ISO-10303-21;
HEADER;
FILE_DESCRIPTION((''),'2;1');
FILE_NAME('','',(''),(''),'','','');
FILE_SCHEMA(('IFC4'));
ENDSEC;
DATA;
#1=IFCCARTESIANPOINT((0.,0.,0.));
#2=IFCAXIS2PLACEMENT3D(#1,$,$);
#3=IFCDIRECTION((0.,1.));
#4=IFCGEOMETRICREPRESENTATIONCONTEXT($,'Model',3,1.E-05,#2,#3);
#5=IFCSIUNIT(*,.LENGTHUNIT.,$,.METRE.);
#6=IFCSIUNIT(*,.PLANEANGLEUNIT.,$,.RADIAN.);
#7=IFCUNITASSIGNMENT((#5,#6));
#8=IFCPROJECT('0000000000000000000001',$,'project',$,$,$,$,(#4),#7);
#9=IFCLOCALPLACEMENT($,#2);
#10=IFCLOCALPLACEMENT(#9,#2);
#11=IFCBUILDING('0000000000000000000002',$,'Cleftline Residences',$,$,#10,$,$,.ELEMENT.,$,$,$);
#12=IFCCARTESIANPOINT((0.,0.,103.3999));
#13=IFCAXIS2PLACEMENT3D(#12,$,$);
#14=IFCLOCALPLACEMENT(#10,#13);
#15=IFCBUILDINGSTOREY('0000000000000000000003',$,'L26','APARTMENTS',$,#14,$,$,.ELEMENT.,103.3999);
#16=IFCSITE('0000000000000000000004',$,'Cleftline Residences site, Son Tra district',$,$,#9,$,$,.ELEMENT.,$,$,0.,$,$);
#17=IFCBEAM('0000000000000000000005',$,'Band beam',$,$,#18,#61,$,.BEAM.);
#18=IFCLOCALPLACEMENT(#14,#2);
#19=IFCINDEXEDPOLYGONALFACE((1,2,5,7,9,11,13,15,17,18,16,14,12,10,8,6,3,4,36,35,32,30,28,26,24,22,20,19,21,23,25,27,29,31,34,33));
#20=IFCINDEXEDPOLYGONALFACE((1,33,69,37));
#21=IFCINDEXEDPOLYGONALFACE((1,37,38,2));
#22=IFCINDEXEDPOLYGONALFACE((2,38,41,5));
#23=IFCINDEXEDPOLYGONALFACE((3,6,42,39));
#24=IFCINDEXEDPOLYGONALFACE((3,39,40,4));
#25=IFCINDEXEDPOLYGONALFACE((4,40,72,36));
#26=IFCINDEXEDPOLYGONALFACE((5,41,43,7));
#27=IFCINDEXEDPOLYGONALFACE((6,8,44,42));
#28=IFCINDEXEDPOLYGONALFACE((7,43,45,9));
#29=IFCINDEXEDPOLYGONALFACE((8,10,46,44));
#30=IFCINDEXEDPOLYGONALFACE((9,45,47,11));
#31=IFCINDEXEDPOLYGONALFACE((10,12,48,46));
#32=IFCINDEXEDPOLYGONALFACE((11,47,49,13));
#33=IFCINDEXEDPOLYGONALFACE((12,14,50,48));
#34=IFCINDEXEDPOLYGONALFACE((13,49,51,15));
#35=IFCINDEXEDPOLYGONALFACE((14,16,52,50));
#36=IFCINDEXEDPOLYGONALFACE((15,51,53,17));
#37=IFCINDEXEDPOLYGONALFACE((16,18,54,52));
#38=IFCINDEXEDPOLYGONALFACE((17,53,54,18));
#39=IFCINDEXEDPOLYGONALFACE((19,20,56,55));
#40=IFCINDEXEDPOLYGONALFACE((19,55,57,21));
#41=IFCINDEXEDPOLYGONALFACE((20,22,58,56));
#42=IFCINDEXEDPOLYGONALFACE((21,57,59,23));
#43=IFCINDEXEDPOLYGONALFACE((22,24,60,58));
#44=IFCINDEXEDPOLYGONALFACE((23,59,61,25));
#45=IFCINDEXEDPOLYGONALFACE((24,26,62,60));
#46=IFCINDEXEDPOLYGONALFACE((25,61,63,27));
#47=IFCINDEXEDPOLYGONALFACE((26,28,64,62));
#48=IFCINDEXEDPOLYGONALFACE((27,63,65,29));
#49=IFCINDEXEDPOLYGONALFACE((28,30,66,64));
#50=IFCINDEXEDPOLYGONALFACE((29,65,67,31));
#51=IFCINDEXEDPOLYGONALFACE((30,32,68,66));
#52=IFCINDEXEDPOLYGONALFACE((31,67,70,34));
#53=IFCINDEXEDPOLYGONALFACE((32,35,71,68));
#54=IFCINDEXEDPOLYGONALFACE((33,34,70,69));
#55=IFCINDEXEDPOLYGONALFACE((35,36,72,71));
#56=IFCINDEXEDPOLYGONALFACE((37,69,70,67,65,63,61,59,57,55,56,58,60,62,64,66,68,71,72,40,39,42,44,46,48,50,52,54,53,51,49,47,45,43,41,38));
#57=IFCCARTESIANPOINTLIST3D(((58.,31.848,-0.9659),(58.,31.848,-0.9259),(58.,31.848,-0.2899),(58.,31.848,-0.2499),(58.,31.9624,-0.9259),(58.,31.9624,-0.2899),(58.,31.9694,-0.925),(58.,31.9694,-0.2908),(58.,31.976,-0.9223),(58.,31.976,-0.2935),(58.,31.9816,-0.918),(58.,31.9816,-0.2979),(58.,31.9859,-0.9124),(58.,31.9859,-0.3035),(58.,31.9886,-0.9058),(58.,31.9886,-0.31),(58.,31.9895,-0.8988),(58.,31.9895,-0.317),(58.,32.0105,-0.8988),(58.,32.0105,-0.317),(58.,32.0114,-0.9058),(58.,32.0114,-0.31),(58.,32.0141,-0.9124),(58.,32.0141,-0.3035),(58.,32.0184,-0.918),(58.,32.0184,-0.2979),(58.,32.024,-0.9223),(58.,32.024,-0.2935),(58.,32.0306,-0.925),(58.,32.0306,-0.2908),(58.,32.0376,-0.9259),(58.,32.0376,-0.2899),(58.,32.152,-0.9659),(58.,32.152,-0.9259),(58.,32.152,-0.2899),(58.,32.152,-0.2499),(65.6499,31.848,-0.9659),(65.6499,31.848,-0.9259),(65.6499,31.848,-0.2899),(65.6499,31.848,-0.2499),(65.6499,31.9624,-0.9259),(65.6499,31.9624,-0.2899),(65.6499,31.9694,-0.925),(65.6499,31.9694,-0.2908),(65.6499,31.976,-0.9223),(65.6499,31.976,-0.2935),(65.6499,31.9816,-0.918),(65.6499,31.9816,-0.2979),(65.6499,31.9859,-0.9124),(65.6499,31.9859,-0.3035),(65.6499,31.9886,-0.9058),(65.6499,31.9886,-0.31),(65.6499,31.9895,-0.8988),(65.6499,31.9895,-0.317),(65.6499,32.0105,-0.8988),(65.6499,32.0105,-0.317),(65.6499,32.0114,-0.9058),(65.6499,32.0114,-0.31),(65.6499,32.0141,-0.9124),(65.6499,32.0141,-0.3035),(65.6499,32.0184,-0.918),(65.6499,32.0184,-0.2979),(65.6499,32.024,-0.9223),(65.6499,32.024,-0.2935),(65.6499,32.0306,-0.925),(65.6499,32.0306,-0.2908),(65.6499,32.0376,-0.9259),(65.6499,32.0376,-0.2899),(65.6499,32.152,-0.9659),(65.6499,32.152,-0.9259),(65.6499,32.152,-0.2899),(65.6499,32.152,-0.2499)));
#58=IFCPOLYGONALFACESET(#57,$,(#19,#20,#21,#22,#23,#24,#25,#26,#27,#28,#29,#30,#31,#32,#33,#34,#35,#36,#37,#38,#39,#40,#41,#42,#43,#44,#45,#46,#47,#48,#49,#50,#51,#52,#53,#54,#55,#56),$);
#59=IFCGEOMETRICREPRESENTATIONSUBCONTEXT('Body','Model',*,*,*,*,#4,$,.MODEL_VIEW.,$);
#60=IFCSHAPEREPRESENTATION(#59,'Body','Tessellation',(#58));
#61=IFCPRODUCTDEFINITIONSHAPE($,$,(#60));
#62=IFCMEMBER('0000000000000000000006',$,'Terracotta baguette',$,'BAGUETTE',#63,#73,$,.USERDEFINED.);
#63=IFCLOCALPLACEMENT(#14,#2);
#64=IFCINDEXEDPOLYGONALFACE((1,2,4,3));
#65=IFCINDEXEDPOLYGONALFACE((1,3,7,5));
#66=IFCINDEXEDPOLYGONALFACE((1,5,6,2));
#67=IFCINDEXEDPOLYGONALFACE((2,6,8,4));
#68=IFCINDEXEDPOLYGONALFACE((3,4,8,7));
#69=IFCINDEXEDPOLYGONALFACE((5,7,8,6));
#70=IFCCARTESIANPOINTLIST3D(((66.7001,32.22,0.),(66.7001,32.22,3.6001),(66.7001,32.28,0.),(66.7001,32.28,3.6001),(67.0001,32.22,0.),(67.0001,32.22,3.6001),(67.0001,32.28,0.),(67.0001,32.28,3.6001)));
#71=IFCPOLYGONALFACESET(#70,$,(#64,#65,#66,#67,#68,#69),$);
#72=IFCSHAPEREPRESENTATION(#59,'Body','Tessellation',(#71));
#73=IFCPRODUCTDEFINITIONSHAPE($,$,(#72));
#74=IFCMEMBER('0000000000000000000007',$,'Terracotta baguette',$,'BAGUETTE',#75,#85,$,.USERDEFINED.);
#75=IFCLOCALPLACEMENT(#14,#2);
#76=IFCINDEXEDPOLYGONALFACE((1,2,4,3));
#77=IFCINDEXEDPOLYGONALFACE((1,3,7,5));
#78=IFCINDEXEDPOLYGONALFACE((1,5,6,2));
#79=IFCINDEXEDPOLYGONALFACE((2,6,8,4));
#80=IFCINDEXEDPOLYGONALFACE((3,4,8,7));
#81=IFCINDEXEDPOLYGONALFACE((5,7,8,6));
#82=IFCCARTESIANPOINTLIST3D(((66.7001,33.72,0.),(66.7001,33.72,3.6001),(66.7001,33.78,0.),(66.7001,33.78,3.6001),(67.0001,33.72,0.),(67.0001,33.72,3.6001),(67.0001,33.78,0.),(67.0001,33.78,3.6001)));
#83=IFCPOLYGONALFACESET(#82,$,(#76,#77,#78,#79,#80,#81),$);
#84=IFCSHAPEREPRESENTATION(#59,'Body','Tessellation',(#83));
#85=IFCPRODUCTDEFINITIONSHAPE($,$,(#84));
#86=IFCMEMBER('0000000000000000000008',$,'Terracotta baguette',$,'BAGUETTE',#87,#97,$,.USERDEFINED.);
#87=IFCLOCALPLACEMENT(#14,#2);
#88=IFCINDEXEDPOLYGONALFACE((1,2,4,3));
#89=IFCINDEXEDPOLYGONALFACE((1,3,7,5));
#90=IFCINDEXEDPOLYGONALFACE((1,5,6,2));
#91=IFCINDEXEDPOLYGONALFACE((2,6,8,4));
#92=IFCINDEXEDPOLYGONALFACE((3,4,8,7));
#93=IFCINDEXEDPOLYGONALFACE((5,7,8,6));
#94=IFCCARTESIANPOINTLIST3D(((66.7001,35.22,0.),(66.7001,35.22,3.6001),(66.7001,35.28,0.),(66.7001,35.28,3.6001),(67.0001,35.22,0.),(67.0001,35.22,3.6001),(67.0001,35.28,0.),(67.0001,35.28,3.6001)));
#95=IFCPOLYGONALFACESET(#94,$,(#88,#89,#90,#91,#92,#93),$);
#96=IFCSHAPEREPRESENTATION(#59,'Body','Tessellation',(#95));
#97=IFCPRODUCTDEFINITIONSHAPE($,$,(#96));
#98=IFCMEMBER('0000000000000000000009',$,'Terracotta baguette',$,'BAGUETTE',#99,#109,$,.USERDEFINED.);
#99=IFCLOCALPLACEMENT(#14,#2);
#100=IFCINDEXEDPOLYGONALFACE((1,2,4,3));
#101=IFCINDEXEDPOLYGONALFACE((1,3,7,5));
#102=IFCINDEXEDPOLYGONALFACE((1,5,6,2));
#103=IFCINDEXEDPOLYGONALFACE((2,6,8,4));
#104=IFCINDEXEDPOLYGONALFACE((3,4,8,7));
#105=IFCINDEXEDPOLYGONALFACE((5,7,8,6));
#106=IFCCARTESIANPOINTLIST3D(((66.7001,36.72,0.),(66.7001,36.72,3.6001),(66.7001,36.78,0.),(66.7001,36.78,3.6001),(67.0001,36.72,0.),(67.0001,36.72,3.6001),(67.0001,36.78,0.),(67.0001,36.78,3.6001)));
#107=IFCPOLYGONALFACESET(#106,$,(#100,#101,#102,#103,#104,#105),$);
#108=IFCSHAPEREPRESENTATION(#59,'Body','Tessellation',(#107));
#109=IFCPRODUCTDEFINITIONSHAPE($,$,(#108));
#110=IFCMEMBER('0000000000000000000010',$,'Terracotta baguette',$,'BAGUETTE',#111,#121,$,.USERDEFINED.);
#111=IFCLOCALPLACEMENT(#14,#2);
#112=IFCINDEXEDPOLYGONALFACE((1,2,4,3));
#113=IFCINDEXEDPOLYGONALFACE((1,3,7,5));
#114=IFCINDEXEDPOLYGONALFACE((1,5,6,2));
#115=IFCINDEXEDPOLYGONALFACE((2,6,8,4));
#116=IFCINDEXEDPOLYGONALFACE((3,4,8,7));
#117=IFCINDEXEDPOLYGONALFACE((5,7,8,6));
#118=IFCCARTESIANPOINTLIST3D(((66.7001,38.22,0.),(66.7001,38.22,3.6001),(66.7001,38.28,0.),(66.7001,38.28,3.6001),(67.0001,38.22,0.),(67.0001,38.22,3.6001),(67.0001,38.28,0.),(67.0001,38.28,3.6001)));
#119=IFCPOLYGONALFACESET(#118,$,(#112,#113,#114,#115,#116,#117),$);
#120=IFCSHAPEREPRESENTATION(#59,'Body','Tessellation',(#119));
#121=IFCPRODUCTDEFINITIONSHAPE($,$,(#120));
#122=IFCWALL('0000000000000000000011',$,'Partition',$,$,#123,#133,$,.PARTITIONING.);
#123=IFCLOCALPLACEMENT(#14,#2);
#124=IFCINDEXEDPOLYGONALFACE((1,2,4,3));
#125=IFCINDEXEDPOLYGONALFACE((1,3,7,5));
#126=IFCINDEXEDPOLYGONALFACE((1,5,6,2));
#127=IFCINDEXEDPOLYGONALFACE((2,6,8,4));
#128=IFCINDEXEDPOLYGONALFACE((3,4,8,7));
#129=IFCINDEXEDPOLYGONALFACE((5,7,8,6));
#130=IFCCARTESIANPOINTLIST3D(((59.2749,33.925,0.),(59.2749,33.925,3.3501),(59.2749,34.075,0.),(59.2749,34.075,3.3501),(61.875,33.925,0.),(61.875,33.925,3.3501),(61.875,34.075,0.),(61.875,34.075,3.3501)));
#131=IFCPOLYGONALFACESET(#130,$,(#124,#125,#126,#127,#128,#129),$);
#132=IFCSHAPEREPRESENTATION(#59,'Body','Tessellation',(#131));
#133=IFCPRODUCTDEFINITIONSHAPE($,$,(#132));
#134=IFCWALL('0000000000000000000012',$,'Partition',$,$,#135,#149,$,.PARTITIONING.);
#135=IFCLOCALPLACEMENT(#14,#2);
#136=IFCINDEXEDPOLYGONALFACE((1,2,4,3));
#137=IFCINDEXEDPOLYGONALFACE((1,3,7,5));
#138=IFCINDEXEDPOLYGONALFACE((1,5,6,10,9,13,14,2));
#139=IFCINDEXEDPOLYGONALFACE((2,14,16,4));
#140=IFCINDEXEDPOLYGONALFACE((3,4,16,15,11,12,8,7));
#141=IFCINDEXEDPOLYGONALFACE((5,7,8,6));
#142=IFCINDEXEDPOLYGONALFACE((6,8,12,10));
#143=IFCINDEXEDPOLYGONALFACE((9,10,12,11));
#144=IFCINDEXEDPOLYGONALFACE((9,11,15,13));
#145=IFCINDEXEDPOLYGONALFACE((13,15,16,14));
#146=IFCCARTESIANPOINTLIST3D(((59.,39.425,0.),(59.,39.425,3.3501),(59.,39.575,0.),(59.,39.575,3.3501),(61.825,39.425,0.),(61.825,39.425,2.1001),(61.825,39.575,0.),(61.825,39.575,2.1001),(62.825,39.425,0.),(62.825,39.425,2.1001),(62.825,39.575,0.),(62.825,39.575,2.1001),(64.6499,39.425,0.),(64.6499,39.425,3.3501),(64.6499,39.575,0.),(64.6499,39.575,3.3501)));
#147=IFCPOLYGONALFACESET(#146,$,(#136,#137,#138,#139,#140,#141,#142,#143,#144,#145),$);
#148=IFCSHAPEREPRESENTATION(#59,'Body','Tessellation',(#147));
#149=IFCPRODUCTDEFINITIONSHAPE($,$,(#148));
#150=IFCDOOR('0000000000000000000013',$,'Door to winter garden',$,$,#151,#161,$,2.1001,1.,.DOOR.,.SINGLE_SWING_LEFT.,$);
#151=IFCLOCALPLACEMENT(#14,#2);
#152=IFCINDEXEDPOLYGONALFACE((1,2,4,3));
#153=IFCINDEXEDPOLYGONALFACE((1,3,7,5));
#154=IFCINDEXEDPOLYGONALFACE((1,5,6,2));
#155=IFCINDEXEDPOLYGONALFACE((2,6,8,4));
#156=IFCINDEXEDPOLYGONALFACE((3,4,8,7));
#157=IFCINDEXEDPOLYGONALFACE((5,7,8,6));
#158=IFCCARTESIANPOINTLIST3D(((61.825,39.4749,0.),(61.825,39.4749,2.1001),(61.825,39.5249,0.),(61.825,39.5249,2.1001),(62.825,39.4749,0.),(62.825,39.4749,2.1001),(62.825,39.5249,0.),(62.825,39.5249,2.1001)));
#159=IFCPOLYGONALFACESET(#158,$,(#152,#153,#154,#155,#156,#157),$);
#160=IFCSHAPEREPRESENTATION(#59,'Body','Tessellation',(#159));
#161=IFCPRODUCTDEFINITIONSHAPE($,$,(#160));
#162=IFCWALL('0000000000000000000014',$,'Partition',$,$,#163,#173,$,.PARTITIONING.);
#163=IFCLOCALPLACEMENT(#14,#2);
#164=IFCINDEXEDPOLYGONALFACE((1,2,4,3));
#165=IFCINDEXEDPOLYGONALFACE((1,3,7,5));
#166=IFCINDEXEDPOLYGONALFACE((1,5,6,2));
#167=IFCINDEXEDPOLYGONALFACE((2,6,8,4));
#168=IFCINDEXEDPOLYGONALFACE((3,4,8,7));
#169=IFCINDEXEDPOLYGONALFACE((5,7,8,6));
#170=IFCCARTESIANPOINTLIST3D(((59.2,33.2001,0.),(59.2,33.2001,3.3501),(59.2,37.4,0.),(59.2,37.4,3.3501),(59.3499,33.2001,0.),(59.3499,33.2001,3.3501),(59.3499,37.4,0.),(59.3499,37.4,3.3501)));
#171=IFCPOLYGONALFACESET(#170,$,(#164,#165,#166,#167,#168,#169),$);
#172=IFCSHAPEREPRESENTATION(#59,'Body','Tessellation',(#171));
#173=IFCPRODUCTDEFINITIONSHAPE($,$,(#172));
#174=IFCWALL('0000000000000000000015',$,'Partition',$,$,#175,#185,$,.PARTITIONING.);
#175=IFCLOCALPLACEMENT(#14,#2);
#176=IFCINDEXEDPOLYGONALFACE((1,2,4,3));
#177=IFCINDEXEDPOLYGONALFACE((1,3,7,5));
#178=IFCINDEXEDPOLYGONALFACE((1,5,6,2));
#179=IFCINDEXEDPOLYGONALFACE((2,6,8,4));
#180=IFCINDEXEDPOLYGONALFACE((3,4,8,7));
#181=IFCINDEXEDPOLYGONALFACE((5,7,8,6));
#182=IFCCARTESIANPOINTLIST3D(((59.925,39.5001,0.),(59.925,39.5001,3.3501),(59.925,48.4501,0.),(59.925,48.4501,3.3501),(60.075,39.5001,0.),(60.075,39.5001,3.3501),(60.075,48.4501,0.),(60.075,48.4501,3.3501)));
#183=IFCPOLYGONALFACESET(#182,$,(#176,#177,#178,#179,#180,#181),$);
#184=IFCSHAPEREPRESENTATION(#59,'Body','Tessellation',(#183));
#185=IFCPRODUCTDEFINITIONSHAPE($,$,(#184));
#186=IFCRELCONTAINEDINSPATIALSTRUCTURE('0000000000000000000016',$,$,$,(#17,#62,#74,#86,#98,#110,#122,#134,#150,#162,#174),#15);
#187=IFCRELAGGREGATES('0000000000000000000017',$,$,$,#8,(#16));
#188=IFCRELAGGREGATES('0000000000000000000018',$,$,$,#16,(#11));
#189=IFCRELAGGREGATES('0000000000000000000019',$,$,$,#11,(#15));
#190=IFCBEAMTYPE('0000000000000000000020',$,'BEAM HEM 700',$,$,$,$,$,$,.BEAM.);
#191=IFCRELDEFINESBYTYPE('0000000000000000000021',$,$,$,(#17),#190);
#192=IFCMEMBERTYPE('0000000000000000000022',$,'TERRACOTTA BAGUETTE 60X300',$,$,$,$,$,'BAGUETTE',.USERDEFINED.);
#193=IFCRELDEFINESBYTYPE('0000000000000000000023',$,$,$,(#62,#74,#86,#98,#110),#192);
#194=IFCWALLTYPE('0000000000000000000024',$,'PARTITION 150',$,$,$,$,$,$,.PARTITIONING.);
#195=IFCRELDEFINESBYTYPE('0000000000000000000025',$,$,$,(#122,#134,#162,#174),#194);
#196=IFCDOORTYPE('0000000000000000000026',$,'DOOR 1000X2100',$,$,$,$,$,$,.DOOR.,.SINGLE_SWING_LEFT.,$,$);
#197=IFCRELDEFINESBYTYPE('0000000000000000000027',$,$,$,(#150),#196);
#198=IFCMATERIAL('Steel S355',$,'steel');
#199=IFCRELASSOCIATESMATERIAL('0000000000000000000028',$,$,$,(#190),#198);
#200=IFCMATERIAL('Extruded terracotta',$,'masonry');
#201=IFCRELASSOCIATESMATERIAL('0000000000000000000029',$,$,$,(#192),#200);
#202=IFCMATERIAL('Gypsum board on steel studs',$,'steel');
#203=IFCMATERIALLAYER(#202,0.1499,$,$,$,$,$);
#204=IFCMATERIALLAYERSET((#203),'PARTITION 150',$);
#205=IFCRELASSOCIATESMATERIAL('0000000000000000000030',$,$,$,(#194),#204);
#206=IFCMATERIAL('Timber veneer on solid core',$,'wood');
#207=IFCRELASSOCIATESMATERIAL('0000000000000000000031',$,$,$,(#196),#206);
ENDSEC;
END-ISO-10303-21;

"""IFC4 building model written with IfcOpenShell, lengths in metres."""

from ifc_helpers import new_model, si_unit, direction, frame, frame_2d, origin, origin_2d, place, context, subcontext, project, spatial, rectangle, i_section, extrude, material, layer, layer_set, material_profile, profile_set, type_object, element, fill, save


model = new_model("IFC4")

# Units and contexts
model_context = context("Model", 3, precision=1e-05, world=origin(), true_north=direction((0.0, 1.0)))
body_context = subcontext(model_context, "Body", "Model", "MODEL_VIEW")
ifc_project = project(units=[si_unit("LENGTHUNIT", "METRE"), si_unit("PLANEANGLEUNIT", "RADIAN")], contexts=[model_context])

# Site, building, storey
site_placement = place(None, origin())
site = spatial("IfcSite", under=ifc_project, at=site_placement, Name="Cleftline Residences site, Son Tra district", CompositionType="ELEMENT", RefElevation=0.0)
building_placement = place(site_placement, origin())
building = spatial("IfcBuilding", under=site, at=building_placement, Name="Cleftline Residences", CompositionType="ELEMENT")
storey_placement = place(building_placement, frame((0.0, 0.0, 103.3999)))
storey = spatial("IfcBuildingStorey", under=building, at=storey_placement, Name="L26", Description="APARTMENTS", CompositionType="ELEMENT", Elevation=103.3999)

# Beam
ifc_material_1 = material(Name="Steel S355", Category="steel")
ifc_material_profile_1 = material_profile(ifc_material_1, i_section(OverallWidth=0.304, OverallDepth=0.7161, WebThickness=0.021, FlangeThickness=0.04, FilletRadius=0.0271, at=origin_2d()))
ifc_profile_set_1 = profile_set([ifc_material_profile_1], Name="Steel S355")
beam_type_1 = type_object("IfcBeamType", Name="BEAM HEM 700", PredefinedType="BEAM", material=ifc_profile_set_1)
beam_1_placement = place(storey_placement, frame((65.6499, 32.0, -0.6079), z_axis=(-1.0, 0.0, 0.0), x_axis=(0.0, -1.0, 0.0)))
element("IfcBeam", 1, at=beam_1_placement, inside=storey, type_object=beam_type_1, Name="Band beam", PredefinedType="BEAM", context=body_context, shape_type="SweptSolid", body=[
    extrude(i_section(OverallWidth=0.304, OverallDepth=0.7161, WebThickness=0.021, FlangeThickness=0.04, FilletRadius=0.0271, at=origin_2d()), origin(), (0.0, 0.0, 1.0), 7.6499),
])

# Members
ifc_material_2 = material(Name="Extruded terracotta", Category="masonry")
ifc_material_profile_2 = material_profile(ifc_material_2, rectangle(XDim=0.0601, YDim=0.3, at=origin_2d()))
ifc_profile_set_2 = profile_set([ifc_material_profile_2], Name="Extruded terracotta")
member_type_1 = type_object("IfcMemberType", Name="TERRACOTTA BAGUETTE 60X300", ElementType="BAGUETTE", PredefinedType="USERDEFINED", material=ifc_profile_set_2)
for number, where, z_axis, x_axis, name in (
    (2, (66.8501, 32.25, 0.0), (0.0, 0.0, 1.0), (0.0, 1.0, 0.0), "Terracotta baguette"),
    (3, (66.8501, 33.75, 0.0), (0.0, 0.0, 1.0), (0.0, 1.0, 0.0), "Terracotta baguette"),
    (4, (66.8501, 35.25, 0.0), (0.0, 0.0, 1.0), (0.0, 1.0, 0.0), "Terracotta baguette"),
    (5, (66.8501, 36.75, 0.0), (0.0, 0.0, 1.0), (0.0, 1.0, 0.0), "Terracotta baguette"),
    (6, (66.8501, 38.25, 0.0), (0.0, 0.0, 1.0), (0.0, 1.0, 0.0), "Terracotta baguette"),
):
    element("IfcMember", number, at=place(storey_placement, frame(where, z_axis=z_axis, x_axis=x_axis)), inside=storey, type_object=member_type_1, Name=name, ObjectType="BAGUETTE", PredefinedType="USERDEFINED", context=body_context, shape_type="SweptSolid", body=[
        extrude(rectangle(XDim=0.0601, YDim=0.3, at=origin_2d()), origin(), (0.0, 0.0, 1.0), 3.6001),
    ])

# Wall
ifc_material_3 = material(Name="Gypsum board on steel studs", Category="steel")
ifc_layer = layer(ifc_material_3, 0.1499)
ifc_layer_set = layer_set([ifc_layer], Name="PARTITION 150")
wall_type = type_object("IfcWallType", Name="PARTITION 150", PredefinedType="PARTITIONING", material=ifc_layer_set)
wall_1_placement = place(storey_placement, frame((59.2749, 34.0, 0.0), z_axis=(0.0, 0.0, 1.0), x_axis=(1.0, 0.0, 0.0)))
element("IfcWall", 7, at=wall_1_placement, inside=storey, type_object=wall_type, Name="Partition", PredefinedType="PARTITIONING", context=body_context, shape_type="SweptSolid", body=[
    extrude(rectangle(XDim=2.6001, YDim=0.1499, at=frame_2d((1.3, 0.0))), origin(), (0.0, 0.0, 1.0), 3.3501),
])

# Wall, opening, door
wall_2_placement = place(storey_placement, frame((59.0, 39.5, 0.0), z_axis=(0.0, 0.0, 1.0), x_axis=(1.0, 0.0, 0.0)))
wall_2 = element("IfcWall", 8, at=wall_2_placement, inside=storey, type_object=wall_type, Name="Partition", PredefinedType="PARTITIONING", context=body_context, shape_type="SweptSolid", body=[
    extrude(rectangle(XDim=5.6499, YDim=0.1499, at=frame_2d((2.825, 0.0))), origin(), (0.0, 0.0, 1.0), 3.3501),
])
opening_placement = place(wall_2_placement, frame((2.825, 0.0, 0.0)))
opening = element("IfcOpeningElement", 9, at=opening_placement, cuts=wall_2, PredefinedType="OPENING", context=body_context, shape_type="SweptSolid", body=[
    extrude(rectangle(XDim=1.0, YDim=2.1001, at=frame_2d((0.5, 1.05))), frame((0.0, 0.085, 0.0), z_axis=(0.0, -1.0, 0.0), x_axis=(1.0, 0.0, 0.0)), (0.0, 0.0, 1.0), 0.1699),
])
ifc_material_4 = material(Name="Timber veneer on solid core", Category="wood")
door_type = type_object("IfcDoorType", Name="DOOR 1000X2100", OperationType="SINGLE_SWING_LEFT", PredefinedType="DOOR", material=ifc_material_4)
door_placement = place(opening_placement, origin())
door = element("IfcDoor", 10, at=door_placement, inside=storey, type_object=door_type, Name="Door to winter garden", OperationType="SINGLE_SWING_LEFT", OverallHeight=2.1001, OverallWidth=1.0, PredefinedType="DOOR", context=body_context, shape_type="SweptSolid", body=[
    extrude(rectangle(XDim=1.0, YDim=2.1001, at=frame_2d((0.5, 1.05))), frame((0.0, 0.0249, 0.0), z_axis=(0.0, -1.0, 0.0), x_axis=(1.0, 0.0, 0.0)), (0.0, 0.0, 1.0), 0.05),
])
fill(opening, door)

# Walls
wall_3_placement = place(storey_placement, frame((59.2749, 33.2, 0.0), z_axis=(0.0, 0.0, 1.0), x_axis=(0.0, 1.0, 0.0)))
element("IfcWall", 11, at=wall_3_placement, inside=storey, type_object=wall_type, Name="Partition", PredefinedType="PARTITIONING", context=body_context, shape_type="SweptSolid", body=[
    extrude(rectangle(XDim=4.2, YDim=0.1499, at=frame_2d((2.1001, 0.0))), origin(), (0.0, 0.0, 1.0), 3.3501),
])
wall_4_placement = place(storey_placement, frame((60.0, 39.5, 0.0), z_axis=(0.0, 0.0, 1.0), x_axis=(0.0, 1.0, 0.0)))
element("IfcWall", 12, at=wall_4_placement, inside=storey, type_object=wall_type, Name="Partition", PredefinedType="PARTITIONING", context=body_context, shape_type="SweptSolid", body=[
    extrude(rectangle(XDim=8.95, YDim=0.1499, at=frame_2d((4.4751, 0.0))), origin(), (0.0, 0.0, 1.0), 3.3501),
])

save(model, "model.ifc")
